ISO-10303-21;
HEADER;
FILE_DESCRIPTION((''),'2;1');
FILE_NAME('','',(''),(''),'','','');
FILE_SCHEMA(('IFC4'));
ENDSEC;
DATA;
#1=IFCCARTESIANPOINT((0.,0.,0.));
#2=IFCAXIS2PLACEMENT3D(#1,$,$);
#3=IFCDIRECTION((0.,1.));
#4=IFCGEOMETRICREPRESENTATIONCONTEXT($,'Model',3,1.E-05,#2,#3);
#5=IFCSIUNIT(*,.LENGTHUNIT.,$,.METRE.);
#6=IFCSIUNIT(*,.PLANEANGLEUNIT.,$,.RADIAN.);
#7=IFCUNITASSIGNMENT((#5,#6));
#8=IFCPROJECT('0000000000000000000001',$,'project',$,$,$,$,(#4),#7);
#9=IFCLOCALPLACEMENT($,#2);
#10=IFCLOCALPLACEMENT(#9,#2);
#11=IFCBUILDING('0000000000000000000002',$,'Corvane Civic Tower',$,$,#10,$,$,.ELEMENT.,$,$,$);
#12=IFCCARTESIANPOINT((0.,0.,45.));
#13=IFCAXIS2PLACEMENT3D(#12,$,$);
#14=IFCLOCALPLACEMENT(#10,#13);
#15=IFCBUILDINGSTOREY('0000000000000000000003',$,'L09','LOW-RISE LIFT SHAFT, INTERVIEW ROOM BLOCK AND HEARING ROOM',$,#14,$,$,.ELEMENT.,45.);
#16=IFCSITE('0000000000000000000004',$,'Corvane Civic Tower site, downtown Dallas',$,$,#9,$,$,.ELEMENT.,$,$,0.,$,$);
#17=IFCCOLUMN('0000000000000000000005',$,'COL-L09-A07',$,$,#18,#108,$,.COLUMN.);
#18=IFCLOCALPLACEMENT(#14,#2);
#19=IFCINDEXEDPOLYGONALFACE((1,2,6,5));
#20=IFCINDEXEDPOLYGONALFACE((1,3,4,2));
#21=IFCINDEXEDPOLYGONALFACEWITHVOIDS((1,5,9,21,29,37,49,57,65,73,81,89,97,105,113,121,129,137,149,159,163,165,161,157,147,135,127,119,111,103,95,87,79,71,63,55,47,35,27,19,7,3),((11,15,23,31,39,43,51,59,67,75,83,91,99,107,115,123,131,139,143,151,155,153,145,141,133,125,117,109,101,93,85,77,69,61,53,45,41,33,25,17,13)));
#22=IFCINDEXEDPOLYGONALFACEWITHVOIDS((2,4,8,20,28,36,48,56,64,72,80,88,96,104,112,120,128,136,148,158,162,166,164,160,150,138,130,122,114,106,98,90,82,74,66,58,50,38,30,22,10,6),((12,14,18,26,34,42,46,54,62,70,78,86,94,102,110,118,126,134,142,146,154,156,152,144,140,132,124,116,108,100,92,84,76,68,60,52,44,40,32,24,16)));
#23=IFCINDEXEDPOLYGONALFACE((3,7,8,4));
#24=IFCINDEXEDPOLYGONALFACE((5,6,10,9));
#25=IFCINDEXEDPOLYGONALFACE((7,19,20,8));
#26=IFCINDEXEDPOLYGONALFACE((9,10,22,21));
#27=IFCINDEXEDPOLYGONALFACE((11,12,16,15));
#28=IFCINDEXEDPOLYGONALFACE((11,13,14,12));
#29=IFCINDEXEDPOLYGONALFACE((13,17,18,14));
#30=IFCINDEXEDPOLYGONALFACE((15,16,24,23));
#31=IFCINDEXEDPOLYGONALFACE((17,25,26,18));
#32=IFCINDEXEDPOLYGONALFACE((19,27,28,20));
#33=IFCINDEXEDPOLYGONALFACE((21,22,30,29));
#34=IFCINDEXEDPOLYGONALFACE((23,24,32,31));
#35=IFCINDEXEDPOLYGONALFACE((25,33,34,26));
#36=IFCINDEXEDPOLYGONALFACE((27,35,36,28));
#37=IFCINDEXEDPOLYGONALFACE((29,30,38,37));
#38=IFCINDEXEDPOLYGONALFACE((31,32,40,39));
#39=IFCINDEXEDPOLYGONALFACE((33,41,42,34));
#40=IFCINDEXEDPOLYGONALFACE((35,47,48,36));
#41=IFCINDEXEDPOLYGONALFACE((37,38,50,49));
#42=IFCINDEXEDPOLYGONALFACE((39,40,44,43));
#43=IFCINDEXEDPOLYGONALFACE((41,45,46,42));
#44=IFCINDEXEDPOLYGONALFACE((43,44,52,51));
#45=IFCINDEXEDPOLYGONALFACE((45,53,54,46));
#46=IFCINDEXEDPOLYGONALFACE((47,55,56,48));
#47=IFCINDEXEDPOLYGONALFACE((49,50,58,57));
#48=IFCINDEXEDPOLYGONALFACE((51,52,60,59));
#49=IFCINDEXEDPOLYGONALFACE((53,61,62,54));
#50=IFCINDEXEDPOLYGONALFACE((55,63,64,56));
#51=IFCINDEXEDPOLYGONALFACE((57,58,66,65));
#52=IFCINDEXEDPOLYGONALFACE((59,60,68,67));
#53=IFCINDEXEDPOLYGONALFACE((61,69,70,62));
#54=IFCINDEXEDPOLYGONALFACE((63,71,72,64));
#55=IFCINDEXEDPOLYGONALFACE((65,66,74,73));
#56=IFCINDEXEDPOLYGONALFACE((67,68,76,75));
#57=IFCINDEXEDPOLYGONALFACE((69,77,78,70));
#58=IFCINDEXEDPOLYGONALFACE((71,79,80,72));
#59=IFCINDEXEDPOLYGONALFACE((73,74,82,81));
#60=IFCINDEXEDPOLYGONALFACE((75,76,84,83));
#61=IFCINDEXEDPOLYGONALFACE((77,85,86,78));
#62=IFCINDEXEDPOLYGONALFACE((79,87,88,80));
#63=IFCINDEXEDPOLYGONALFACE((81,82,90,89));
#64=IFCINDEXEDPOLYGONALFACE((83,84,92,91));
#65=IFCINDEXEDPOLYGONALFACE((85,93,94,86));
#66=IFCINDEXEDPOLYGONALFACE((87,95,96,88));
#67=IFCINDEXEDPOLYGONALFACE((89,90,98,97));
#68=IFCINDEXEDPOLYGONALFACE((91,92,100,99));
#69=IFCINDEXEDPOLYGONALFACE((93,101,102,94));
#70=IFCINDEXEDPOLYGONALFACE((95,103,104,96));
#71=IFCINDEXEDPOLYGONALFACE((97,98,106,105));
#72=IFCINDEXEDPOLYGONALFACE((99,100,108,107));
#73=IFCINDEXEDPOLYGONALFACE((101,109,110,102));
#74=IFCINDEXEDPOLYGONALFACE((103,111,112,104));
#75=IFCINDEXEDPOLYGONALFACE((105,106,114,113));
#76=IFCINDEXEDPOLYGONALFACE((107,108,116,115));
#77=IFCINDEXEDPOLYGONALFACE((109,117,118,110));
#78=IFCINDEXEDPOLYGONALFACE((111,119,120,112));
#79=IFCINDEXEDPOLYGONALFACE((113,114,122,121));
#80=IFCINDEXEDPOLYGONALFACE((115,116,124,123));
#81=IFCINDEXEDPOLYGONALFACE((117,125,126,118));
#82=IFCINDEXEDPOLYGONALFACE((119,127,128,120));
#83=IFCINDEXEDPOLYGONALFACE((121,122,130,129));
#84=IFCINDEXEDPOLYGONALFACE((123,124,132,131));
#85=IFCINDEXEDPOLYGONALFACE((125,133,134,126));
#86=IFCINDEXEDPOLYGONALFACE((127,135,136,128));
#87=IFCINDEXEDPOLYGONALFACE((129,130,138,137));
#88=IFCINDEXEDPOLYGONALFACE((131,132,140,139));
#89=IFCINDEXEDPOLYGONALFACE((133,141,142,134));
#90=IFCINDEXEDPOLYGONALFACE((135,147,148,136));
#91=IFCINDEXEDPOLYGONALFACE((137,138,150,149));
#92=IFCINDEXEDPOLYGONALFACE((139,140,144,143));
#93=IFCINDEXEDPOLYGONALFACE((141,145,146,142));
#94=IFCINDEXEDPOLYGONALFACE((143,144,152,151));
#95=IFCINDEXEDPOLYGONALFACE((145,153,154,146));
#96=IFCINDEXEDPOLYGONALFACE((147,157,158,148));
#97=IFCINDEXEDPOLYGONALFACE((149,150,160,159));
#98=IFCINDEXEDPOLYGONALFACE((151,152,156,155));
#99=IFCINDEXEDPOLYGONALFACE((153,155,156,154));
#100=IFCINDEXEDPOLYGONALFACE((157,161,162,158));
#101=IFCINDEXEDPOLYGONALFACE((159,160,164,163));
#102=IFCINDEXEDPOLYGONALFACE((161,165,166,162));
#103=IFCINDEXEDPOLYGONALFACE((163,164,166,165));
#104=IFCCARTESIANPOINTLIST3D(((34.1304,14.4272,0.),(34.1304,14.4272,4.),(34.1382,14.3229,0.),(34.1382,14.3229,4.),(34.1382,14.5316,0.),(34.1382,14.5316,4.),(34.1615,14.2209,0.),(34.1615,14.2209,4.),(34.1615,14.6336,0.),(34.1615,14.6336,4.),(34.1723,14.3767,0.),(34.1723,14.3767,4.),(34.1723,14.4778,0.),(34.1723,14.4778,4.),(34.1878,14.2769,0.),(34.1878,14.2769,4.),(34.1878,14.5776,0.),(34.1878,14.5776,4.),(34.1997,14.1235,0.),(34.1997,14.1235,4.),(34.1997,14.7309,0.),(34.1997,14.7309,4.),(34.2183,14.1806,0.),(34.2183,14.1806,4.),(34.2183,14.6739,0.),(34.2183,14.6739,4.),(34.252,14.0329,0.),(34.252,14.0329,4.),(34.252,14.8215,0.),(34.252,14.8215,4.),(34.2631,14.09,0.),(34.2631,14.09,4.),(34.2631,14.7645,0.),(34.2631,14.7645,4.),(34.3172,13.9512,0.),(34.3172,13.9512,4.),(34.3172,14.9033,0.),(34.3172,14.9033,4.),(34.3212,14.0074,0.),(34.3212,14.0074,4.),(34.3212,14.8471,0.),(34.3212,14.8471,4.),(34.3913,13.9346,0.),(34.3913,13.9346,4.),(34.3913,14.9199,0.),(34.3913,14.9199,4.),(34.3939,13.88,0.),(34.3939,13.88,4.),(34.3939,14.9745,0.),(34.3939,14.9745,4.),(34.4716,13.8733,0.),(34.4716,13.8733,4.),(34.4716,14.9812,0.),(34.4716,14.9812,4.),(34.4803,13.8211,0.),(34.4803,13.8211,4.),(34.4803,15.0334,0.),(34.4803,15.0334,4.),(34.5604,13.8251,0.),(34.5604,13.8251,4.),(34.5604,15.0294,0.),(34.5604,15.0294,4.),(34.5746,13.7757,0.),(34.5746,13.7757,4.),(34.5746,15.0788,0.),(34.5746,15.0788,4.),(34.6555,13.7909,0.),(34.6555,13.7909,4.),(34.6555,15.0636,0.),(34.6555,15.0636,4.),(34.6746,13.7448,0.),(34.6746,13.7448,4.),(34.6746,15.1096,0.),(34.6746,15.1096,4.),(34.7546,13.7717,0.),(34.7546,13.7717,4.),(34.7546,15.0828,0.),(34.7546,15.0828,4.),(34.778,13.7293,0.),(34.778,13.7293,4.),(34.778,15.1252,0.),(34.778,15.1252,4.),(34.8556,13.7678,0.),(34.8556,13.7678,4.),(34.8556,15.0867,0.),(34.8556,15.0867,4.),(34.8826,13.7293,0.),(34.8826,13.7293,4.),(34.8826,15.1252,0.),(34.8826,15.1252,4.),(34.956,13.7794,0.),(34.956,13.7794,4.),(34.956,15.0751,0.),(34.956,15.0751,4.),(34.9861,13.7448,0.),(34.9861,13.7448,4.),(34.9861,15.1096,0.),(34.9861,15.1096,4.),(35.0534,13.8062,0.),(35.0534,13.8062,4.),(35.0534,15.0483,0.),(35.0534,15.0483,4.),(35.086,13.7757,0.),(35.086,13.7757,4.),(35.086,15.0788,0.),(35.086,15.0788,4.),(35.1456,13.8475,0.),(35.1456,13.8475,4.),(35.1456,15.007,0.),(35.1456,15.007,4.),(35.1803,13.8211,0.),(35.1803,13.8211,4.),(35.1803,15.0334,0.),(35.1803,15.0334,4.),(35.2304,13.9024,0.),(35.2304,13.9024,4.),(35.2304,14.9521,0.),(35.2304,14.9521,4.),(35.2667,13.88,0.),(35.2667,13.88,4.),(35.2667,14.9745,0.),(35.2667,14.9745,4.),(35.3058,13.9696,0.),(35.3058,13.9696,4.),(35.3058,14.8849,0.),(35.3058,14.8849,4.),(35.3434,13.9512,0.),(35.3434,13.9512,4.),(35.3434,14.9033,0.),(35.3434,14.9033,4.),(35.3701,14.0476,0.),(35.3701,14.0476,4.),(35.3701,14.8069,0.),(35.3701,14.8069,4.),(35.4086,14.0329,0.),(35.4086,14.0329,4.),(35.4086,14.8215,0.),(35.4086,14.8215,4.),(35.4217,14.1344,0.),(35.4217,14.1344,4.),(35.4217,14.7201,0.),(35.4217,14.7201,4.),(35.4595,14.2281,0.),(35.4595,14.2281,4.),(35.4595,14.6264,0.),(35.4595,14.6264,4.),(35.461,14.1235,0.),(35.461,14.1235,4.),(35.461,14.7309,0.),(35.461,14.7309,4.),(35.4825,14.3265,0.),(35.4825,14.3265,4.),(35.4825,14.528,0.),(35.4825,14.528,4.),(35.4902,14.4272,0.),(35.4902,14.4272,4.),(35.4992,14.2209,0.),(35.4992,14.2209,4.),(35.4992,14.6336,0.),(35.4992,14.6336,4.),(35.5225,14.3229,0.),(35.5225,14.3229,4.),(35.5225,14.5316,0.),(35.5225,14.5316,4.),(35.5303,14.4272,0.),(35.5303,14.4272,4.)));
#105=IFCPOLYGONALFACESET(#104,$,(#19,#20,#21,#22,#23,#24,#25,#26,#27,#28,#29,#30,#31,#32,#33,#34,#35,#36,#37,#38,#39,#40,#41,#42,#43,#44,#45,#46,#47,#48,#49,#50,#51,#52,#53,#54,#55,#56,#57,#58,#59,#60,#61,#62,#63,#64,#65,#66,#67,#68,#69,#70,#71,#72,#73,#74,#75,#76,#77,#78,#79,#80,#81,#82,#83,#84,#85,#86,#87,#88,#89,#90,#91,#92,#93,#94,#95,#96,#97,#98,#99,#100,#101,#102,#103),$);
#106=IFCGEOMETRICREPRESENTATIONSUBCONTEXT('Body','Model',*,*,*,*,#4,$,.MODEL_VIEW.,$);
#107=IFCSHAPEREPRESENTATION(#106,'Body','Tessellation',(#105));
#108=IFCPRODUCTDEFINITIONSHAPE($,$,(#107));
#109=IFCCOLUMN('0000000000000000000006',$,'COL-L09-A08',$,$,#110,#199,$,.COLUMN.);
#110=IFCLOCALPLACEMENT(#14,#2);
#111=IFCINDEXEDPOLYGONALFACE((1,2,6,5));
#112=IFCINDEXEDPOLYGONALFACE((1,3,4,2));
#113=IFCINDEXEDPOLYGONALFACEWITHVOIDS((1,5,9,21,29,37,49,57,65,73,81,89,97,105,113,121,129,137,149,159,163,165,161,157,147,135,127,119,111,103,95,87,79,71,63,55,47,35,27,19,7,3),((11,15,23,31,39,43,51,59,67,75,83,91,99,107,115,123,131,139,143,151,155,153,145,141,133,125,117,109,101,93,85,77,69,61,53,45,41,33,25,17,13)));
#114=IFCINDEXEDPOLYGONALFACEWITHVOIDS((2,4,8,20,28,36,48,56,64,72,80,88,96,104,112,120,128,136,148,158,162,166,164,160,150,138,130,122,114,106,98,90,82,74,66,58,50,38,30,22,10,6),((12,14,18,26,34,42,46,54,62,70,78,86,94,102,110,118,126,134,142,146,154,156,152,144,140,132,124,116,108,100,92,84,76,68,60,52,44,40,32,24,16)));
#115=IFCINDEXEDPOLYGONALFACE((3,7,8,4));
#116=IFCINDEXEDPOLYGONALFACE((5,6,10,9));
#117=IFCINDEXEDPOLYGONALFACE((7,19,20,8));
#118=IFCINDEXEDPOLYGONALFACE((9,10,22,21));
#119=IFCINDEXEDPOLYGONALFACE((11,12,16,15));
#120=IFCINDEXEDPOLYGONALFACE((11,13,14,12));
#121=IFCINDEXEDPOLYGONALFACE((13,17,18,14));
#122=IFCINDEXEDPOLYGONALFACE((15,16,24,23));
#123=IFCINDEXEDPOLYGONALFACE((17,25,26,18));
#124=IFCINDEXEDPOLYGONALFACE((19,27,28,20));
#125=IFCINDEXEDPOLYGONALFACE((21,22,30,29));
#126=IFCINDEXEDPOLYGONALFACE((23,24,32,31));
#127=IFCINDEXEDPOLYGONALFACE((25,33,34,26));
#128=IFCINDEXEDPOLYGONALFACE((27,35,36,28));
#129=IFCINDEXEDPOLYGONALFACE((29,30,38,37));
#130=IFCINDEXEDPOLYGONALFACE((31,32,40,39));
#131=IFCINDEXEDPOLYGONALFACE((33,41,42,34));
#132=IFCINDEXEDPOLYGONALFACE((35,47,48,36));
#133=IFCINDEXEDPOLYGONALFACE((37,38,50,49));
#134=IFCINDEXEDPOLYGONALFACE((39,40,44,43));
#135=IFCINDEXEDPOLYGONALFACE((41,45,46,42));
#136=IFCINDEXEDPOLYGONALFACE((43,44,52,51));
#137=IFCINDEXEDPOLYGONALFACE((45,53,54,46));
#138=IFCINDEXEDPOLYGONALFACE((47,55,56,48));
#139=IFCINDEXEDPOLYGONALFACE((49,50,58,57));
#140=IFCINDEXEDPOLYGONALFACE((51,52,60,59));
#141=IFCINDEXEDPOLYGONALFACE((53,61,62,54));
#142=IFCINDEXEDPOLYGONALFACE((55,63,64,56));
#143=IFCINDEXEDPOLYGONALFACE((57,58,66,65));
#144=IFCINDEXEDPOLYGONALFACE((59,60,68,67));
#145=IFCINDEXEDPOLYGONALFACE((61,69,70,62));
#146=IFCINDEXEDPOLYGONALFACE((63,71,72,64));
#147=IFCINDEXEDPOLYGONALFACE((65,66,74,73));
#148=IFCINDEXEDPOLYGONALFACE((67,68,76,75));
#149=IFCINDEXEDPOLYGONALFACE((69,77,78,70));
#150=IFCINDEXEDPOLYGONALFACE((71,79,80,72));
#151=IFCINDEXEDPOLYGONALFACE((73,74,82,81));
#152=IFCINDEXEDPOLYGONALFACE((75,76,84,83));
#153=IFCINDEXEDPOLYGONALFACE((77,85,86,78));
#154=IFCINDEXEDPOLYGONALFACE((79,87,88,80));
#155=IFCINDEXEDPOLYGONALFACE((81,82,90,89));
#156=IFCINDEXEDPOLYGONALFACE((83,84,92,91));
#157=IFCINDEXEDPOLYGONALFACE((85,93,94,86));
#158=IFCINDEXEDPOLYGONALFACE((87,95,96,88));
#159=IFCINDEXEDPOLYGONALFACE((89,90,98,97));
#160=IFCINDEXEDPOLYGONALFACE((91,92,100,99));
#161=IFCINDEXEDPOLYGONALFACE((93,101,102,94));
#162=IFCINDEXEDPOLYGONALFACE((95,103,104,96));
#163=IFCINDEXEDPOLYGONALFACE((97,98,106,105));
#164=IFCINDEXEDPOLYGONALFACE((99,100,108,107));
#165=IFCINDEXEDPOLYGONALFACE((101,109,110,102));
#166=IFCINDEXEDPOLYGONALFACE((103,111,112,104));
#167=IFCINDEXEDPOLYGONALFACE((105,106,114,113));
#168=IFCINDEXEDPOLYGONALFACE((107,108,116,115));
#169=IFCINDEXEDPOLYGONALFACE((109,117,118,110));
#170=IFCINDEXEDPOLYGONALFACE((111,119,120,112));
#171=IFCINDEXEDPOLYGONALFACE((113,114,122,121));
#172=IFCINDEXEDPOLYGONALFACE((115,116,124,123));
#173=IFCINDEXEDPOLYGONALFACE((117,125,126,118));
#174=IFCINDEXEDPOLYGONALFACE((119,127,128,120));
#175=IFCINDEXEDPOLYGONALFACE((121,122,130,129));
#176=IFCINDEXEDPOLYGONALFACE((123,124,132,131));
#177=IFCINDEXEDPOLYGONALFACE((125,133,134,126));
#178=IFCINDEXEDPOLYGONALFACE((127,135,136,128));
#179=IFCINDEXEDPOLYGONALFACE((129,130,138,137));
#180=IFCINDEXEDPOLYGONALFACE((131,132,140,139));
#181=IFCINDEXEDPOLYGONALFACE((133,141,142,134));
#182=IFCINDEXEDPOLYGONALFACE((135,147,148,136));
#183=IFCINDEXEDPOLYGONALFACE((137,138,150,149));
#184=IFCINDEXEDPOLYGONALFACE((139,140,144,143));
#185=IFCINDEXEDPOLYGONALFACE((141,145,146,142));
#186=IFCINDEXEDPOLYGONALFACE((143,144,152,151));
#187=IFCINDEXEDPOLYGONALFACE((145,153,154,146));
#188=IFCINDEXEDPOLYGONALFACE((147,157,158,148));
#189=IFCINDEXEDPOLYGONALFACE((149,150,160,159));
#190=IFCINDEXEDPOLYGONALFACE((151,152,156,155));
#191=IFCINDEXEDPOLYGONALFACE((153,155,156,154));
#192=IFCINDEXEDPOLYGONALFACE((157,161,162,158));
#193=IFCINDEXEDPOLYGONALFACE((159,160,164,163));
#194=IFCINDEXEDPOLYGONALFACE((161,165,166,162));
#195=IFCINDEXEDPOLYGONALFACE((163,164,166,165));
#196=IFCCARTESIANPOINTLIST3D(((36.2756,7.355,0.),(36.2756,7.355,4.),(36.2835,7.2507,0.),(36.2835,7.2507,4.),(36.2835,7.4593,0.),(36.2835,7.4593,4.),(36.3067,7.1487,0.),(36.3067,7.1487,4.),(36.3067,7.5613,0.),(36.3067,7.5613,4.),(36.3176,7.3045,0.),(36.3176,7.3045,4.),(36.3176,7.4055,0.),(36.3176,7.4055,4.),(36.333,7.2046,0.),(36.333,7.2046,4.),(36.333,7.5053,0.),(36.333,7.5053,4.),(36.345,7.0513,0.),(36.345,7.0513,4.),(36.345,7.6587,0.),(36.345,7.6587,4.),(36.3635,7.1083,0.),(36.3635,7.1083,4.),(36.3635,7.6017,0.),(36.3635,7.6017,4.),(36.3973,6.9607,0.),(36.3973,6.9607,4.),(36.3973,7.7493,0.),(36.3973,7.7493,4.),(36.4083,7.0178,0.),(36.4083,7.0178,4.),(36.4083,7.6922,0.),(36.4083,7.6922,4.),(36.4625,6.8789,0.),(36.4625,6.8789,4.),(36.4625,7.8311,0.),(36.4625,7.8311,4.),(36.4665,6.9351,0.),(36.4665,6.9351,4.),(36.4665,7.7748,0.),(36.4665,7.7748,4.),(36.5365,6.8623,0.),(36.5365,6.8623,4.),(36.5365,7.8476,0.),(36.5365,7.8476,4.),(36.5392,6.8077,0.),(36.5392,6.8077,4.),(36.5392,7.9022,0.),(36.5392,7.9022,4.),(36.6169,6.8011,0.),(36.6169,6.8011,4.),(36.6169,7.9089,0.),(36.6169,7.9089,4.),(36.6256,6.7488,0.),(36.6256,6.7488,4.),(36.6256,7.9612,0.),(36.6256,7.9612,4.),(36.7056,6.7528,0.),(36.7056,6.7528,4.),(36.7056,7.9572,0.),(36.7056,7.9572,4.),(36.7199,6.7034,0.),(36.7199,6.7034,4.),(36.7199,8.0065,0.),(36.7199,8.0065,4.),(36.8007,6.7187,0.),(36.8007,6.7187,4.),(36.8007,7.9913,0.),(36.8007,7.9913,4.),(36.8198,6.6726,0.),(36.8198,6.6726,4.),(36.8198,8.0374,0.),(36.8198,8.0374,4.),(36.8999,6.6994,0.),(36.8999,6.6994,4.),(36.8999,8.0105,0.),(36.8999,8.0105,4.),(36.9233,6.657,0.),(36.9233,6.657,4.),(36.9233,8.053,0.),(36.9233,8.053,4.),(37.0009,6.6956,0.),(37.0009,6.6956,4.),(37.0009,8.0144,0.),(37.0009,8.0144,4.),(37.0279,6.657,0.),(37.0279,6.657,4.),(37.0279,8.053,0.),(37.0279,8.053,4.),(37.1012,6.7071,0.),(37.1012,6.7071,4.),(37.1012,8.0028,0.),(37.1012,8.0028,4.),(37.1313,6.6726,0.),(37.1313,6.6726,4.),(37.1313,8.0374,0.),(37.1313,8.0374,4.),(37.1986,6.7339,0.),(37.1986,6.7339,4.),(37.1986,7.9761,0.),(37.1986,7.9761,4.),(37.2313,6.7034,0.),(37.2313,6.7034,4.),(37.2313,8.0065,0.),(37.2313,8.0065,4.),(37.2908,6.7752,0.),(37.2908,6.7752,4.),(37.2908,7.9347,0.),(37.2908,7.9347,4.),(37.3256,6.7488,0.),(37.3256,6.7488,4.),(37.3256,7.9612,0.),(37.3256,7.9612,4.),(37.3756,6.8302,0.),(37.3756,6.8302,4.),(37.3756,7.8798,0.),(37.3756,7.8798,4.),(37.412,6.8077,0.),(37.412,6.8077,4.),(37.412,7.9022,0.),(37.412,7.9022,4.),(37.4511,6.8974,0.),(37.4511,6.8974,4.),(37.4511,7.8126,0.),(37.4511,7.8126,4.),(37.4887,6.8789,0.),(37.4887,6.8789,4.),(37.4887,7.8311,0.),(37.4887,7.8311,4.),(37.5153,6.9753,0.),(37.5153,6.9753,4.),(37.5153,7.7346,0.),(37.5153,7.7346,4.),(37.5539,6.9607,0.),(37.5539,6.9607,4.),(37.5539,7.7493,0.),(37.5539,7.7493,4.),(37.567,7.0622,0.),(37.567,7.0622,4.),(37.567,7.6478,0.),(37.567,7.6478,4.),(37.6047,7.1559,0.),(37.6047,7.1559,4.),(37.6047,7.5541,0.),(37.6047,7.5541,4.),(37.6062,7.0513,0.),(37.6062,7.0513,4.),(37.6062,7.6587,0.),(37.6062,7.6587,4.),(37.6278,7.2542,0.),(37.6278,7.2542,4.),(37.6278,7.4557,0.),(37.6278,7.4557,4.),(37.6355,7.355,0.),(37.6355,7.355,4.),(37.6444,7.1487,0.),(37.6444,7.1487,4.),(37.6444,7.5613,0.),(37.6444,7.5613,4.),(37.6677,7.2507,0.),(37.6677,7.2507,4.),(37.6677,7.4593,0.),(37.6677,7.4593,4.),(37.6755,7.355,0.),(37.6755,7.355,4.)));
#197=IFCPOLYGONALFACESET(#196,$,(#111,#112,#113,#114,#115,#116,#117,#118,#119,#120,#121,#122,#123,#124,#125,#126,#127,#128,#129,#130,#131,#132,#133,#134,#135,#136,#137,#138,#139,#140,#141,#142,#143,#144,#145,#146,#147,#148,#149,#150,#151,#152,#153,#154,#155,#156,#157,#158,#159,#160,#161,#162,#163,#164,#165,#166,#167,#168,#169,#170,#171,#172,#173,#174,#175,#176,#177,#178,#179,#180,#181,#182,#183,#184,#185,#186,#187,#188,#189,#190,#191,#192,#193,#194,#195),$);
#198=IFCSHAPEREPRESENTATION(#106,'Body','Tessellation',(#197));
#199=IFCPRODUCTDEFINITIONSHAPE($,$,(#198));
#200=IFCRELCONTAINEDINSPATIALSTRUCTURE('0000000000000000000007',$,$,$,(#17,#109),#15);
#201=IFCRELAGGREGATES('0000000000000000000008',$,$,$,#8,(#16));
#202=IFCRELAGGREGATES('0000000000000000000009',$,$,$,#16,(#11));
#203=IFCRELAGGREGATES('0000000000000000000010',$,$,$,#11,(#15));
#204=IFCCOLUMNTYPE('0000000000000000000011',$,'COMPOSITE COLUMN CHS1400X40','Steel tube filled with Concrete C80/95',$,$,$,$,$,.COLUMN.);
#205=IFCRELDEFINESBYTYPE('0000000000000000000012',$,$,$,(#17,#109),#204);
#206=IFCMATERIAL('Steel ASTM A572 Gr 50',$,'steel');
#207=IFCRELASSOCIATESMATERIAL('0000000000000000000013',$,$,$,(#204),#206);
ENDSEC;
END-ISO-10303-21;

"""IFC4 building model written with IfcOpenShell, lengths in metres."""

from ifc_helpers import new_model, si_unit, direction, frame, origin, origin_2d, place, context, subcontext, project, spatial, hollow_circle, extrude, material, material_profile, profile_set, type_object, element, save


model = new_model("IFC4")

# Units and contexts
model_context = context("Model", 3, precision=1e-05, world=origin(), true_north=direction((0.0, 1.0)))
body_context = subcontext(model_context, "Body", "Model", "MODEL_VIEW")
ifc_project = project(units=[si_unit("LENGTHUNIT", "METRE"), si_unit("PLANEANGLEUNIT", "RADIAN")], contexts=[model_context])

# Site, building, storey
site_placement = place(None, origin())
site = spatial("IfcSite", under=ifc_project, at=site_placement, Name="Corvane Civic Tower site, downtown Dallas", CompositionType="ELEMENT", RefElevation=0.0)
building_placement = place(site_placement, origin())
building = spatial("IfcBuilding", under=site, at=building_placement, Name="Corvane Civic Tower", CompositionType="ELEMENT")
storey_placement = place(building_placement, frame((0.0, 0.0, 45.0)))
storey = spatial("IfcBuildingStorey", under=building, at=storey_placement, Name="L09", Description="LOW-RISE LIFT SHAFT, INTERVIEW ROOM BLOCK AND HEARING ROOM", CompositionType="ELEMENT", Elevation=45.0)

# Columns
ifc_material_1 = material(Name="Steel ASTM A572 Gr 50", Category="steel")
ifc_material_profile_1 = material_profile(ifc_material_1, hollow_circle(Radius=0.7, WallThickness=0.04, at=origin_2d()), Name="CHS1400X40")
ifc_profile_set_1 = profile_set([ifc_material_profile_1], Name="Steel ASTM A572 Gr 50")
column_type = type_object("IfcColumnType", Name="COMPOSITE COLUMN CHS1400X40", Description="Steel tube filled with Concrete C80/95", PredefinedType="COLUMN", material=ifc_profile_set_1)
for number, where, z_axis, x_axis, name in (
    (1, (34.8303, 14.4272, 0.0), (0.0, 0.0, 1.0), (1.0, 0.0, 0.0), "COL-L09-A07"),
    (2, (36.9756, 7.355, 0.0), (0.0, 0.0, 1.0), (1.0, 0.0, 0.0), "COL-L09-A08"),
):
    element("IfcColumn", number, at=place(storey_placement, frame(where, z_axis=z_axis, x_axis=x_axis)), inside=storey, type_object=column_type, Name=name, PredefinedType="COLUMN", context=body_context, shape_type="SweptSolid", body=[
        extrude(hollow_circle(Radius=0.7, WallThickness=0.04, at=origin_2d()), origin(), (0.0, 0.0, 1.0), 4.0),
    ])

save(model, "model.ifc")
